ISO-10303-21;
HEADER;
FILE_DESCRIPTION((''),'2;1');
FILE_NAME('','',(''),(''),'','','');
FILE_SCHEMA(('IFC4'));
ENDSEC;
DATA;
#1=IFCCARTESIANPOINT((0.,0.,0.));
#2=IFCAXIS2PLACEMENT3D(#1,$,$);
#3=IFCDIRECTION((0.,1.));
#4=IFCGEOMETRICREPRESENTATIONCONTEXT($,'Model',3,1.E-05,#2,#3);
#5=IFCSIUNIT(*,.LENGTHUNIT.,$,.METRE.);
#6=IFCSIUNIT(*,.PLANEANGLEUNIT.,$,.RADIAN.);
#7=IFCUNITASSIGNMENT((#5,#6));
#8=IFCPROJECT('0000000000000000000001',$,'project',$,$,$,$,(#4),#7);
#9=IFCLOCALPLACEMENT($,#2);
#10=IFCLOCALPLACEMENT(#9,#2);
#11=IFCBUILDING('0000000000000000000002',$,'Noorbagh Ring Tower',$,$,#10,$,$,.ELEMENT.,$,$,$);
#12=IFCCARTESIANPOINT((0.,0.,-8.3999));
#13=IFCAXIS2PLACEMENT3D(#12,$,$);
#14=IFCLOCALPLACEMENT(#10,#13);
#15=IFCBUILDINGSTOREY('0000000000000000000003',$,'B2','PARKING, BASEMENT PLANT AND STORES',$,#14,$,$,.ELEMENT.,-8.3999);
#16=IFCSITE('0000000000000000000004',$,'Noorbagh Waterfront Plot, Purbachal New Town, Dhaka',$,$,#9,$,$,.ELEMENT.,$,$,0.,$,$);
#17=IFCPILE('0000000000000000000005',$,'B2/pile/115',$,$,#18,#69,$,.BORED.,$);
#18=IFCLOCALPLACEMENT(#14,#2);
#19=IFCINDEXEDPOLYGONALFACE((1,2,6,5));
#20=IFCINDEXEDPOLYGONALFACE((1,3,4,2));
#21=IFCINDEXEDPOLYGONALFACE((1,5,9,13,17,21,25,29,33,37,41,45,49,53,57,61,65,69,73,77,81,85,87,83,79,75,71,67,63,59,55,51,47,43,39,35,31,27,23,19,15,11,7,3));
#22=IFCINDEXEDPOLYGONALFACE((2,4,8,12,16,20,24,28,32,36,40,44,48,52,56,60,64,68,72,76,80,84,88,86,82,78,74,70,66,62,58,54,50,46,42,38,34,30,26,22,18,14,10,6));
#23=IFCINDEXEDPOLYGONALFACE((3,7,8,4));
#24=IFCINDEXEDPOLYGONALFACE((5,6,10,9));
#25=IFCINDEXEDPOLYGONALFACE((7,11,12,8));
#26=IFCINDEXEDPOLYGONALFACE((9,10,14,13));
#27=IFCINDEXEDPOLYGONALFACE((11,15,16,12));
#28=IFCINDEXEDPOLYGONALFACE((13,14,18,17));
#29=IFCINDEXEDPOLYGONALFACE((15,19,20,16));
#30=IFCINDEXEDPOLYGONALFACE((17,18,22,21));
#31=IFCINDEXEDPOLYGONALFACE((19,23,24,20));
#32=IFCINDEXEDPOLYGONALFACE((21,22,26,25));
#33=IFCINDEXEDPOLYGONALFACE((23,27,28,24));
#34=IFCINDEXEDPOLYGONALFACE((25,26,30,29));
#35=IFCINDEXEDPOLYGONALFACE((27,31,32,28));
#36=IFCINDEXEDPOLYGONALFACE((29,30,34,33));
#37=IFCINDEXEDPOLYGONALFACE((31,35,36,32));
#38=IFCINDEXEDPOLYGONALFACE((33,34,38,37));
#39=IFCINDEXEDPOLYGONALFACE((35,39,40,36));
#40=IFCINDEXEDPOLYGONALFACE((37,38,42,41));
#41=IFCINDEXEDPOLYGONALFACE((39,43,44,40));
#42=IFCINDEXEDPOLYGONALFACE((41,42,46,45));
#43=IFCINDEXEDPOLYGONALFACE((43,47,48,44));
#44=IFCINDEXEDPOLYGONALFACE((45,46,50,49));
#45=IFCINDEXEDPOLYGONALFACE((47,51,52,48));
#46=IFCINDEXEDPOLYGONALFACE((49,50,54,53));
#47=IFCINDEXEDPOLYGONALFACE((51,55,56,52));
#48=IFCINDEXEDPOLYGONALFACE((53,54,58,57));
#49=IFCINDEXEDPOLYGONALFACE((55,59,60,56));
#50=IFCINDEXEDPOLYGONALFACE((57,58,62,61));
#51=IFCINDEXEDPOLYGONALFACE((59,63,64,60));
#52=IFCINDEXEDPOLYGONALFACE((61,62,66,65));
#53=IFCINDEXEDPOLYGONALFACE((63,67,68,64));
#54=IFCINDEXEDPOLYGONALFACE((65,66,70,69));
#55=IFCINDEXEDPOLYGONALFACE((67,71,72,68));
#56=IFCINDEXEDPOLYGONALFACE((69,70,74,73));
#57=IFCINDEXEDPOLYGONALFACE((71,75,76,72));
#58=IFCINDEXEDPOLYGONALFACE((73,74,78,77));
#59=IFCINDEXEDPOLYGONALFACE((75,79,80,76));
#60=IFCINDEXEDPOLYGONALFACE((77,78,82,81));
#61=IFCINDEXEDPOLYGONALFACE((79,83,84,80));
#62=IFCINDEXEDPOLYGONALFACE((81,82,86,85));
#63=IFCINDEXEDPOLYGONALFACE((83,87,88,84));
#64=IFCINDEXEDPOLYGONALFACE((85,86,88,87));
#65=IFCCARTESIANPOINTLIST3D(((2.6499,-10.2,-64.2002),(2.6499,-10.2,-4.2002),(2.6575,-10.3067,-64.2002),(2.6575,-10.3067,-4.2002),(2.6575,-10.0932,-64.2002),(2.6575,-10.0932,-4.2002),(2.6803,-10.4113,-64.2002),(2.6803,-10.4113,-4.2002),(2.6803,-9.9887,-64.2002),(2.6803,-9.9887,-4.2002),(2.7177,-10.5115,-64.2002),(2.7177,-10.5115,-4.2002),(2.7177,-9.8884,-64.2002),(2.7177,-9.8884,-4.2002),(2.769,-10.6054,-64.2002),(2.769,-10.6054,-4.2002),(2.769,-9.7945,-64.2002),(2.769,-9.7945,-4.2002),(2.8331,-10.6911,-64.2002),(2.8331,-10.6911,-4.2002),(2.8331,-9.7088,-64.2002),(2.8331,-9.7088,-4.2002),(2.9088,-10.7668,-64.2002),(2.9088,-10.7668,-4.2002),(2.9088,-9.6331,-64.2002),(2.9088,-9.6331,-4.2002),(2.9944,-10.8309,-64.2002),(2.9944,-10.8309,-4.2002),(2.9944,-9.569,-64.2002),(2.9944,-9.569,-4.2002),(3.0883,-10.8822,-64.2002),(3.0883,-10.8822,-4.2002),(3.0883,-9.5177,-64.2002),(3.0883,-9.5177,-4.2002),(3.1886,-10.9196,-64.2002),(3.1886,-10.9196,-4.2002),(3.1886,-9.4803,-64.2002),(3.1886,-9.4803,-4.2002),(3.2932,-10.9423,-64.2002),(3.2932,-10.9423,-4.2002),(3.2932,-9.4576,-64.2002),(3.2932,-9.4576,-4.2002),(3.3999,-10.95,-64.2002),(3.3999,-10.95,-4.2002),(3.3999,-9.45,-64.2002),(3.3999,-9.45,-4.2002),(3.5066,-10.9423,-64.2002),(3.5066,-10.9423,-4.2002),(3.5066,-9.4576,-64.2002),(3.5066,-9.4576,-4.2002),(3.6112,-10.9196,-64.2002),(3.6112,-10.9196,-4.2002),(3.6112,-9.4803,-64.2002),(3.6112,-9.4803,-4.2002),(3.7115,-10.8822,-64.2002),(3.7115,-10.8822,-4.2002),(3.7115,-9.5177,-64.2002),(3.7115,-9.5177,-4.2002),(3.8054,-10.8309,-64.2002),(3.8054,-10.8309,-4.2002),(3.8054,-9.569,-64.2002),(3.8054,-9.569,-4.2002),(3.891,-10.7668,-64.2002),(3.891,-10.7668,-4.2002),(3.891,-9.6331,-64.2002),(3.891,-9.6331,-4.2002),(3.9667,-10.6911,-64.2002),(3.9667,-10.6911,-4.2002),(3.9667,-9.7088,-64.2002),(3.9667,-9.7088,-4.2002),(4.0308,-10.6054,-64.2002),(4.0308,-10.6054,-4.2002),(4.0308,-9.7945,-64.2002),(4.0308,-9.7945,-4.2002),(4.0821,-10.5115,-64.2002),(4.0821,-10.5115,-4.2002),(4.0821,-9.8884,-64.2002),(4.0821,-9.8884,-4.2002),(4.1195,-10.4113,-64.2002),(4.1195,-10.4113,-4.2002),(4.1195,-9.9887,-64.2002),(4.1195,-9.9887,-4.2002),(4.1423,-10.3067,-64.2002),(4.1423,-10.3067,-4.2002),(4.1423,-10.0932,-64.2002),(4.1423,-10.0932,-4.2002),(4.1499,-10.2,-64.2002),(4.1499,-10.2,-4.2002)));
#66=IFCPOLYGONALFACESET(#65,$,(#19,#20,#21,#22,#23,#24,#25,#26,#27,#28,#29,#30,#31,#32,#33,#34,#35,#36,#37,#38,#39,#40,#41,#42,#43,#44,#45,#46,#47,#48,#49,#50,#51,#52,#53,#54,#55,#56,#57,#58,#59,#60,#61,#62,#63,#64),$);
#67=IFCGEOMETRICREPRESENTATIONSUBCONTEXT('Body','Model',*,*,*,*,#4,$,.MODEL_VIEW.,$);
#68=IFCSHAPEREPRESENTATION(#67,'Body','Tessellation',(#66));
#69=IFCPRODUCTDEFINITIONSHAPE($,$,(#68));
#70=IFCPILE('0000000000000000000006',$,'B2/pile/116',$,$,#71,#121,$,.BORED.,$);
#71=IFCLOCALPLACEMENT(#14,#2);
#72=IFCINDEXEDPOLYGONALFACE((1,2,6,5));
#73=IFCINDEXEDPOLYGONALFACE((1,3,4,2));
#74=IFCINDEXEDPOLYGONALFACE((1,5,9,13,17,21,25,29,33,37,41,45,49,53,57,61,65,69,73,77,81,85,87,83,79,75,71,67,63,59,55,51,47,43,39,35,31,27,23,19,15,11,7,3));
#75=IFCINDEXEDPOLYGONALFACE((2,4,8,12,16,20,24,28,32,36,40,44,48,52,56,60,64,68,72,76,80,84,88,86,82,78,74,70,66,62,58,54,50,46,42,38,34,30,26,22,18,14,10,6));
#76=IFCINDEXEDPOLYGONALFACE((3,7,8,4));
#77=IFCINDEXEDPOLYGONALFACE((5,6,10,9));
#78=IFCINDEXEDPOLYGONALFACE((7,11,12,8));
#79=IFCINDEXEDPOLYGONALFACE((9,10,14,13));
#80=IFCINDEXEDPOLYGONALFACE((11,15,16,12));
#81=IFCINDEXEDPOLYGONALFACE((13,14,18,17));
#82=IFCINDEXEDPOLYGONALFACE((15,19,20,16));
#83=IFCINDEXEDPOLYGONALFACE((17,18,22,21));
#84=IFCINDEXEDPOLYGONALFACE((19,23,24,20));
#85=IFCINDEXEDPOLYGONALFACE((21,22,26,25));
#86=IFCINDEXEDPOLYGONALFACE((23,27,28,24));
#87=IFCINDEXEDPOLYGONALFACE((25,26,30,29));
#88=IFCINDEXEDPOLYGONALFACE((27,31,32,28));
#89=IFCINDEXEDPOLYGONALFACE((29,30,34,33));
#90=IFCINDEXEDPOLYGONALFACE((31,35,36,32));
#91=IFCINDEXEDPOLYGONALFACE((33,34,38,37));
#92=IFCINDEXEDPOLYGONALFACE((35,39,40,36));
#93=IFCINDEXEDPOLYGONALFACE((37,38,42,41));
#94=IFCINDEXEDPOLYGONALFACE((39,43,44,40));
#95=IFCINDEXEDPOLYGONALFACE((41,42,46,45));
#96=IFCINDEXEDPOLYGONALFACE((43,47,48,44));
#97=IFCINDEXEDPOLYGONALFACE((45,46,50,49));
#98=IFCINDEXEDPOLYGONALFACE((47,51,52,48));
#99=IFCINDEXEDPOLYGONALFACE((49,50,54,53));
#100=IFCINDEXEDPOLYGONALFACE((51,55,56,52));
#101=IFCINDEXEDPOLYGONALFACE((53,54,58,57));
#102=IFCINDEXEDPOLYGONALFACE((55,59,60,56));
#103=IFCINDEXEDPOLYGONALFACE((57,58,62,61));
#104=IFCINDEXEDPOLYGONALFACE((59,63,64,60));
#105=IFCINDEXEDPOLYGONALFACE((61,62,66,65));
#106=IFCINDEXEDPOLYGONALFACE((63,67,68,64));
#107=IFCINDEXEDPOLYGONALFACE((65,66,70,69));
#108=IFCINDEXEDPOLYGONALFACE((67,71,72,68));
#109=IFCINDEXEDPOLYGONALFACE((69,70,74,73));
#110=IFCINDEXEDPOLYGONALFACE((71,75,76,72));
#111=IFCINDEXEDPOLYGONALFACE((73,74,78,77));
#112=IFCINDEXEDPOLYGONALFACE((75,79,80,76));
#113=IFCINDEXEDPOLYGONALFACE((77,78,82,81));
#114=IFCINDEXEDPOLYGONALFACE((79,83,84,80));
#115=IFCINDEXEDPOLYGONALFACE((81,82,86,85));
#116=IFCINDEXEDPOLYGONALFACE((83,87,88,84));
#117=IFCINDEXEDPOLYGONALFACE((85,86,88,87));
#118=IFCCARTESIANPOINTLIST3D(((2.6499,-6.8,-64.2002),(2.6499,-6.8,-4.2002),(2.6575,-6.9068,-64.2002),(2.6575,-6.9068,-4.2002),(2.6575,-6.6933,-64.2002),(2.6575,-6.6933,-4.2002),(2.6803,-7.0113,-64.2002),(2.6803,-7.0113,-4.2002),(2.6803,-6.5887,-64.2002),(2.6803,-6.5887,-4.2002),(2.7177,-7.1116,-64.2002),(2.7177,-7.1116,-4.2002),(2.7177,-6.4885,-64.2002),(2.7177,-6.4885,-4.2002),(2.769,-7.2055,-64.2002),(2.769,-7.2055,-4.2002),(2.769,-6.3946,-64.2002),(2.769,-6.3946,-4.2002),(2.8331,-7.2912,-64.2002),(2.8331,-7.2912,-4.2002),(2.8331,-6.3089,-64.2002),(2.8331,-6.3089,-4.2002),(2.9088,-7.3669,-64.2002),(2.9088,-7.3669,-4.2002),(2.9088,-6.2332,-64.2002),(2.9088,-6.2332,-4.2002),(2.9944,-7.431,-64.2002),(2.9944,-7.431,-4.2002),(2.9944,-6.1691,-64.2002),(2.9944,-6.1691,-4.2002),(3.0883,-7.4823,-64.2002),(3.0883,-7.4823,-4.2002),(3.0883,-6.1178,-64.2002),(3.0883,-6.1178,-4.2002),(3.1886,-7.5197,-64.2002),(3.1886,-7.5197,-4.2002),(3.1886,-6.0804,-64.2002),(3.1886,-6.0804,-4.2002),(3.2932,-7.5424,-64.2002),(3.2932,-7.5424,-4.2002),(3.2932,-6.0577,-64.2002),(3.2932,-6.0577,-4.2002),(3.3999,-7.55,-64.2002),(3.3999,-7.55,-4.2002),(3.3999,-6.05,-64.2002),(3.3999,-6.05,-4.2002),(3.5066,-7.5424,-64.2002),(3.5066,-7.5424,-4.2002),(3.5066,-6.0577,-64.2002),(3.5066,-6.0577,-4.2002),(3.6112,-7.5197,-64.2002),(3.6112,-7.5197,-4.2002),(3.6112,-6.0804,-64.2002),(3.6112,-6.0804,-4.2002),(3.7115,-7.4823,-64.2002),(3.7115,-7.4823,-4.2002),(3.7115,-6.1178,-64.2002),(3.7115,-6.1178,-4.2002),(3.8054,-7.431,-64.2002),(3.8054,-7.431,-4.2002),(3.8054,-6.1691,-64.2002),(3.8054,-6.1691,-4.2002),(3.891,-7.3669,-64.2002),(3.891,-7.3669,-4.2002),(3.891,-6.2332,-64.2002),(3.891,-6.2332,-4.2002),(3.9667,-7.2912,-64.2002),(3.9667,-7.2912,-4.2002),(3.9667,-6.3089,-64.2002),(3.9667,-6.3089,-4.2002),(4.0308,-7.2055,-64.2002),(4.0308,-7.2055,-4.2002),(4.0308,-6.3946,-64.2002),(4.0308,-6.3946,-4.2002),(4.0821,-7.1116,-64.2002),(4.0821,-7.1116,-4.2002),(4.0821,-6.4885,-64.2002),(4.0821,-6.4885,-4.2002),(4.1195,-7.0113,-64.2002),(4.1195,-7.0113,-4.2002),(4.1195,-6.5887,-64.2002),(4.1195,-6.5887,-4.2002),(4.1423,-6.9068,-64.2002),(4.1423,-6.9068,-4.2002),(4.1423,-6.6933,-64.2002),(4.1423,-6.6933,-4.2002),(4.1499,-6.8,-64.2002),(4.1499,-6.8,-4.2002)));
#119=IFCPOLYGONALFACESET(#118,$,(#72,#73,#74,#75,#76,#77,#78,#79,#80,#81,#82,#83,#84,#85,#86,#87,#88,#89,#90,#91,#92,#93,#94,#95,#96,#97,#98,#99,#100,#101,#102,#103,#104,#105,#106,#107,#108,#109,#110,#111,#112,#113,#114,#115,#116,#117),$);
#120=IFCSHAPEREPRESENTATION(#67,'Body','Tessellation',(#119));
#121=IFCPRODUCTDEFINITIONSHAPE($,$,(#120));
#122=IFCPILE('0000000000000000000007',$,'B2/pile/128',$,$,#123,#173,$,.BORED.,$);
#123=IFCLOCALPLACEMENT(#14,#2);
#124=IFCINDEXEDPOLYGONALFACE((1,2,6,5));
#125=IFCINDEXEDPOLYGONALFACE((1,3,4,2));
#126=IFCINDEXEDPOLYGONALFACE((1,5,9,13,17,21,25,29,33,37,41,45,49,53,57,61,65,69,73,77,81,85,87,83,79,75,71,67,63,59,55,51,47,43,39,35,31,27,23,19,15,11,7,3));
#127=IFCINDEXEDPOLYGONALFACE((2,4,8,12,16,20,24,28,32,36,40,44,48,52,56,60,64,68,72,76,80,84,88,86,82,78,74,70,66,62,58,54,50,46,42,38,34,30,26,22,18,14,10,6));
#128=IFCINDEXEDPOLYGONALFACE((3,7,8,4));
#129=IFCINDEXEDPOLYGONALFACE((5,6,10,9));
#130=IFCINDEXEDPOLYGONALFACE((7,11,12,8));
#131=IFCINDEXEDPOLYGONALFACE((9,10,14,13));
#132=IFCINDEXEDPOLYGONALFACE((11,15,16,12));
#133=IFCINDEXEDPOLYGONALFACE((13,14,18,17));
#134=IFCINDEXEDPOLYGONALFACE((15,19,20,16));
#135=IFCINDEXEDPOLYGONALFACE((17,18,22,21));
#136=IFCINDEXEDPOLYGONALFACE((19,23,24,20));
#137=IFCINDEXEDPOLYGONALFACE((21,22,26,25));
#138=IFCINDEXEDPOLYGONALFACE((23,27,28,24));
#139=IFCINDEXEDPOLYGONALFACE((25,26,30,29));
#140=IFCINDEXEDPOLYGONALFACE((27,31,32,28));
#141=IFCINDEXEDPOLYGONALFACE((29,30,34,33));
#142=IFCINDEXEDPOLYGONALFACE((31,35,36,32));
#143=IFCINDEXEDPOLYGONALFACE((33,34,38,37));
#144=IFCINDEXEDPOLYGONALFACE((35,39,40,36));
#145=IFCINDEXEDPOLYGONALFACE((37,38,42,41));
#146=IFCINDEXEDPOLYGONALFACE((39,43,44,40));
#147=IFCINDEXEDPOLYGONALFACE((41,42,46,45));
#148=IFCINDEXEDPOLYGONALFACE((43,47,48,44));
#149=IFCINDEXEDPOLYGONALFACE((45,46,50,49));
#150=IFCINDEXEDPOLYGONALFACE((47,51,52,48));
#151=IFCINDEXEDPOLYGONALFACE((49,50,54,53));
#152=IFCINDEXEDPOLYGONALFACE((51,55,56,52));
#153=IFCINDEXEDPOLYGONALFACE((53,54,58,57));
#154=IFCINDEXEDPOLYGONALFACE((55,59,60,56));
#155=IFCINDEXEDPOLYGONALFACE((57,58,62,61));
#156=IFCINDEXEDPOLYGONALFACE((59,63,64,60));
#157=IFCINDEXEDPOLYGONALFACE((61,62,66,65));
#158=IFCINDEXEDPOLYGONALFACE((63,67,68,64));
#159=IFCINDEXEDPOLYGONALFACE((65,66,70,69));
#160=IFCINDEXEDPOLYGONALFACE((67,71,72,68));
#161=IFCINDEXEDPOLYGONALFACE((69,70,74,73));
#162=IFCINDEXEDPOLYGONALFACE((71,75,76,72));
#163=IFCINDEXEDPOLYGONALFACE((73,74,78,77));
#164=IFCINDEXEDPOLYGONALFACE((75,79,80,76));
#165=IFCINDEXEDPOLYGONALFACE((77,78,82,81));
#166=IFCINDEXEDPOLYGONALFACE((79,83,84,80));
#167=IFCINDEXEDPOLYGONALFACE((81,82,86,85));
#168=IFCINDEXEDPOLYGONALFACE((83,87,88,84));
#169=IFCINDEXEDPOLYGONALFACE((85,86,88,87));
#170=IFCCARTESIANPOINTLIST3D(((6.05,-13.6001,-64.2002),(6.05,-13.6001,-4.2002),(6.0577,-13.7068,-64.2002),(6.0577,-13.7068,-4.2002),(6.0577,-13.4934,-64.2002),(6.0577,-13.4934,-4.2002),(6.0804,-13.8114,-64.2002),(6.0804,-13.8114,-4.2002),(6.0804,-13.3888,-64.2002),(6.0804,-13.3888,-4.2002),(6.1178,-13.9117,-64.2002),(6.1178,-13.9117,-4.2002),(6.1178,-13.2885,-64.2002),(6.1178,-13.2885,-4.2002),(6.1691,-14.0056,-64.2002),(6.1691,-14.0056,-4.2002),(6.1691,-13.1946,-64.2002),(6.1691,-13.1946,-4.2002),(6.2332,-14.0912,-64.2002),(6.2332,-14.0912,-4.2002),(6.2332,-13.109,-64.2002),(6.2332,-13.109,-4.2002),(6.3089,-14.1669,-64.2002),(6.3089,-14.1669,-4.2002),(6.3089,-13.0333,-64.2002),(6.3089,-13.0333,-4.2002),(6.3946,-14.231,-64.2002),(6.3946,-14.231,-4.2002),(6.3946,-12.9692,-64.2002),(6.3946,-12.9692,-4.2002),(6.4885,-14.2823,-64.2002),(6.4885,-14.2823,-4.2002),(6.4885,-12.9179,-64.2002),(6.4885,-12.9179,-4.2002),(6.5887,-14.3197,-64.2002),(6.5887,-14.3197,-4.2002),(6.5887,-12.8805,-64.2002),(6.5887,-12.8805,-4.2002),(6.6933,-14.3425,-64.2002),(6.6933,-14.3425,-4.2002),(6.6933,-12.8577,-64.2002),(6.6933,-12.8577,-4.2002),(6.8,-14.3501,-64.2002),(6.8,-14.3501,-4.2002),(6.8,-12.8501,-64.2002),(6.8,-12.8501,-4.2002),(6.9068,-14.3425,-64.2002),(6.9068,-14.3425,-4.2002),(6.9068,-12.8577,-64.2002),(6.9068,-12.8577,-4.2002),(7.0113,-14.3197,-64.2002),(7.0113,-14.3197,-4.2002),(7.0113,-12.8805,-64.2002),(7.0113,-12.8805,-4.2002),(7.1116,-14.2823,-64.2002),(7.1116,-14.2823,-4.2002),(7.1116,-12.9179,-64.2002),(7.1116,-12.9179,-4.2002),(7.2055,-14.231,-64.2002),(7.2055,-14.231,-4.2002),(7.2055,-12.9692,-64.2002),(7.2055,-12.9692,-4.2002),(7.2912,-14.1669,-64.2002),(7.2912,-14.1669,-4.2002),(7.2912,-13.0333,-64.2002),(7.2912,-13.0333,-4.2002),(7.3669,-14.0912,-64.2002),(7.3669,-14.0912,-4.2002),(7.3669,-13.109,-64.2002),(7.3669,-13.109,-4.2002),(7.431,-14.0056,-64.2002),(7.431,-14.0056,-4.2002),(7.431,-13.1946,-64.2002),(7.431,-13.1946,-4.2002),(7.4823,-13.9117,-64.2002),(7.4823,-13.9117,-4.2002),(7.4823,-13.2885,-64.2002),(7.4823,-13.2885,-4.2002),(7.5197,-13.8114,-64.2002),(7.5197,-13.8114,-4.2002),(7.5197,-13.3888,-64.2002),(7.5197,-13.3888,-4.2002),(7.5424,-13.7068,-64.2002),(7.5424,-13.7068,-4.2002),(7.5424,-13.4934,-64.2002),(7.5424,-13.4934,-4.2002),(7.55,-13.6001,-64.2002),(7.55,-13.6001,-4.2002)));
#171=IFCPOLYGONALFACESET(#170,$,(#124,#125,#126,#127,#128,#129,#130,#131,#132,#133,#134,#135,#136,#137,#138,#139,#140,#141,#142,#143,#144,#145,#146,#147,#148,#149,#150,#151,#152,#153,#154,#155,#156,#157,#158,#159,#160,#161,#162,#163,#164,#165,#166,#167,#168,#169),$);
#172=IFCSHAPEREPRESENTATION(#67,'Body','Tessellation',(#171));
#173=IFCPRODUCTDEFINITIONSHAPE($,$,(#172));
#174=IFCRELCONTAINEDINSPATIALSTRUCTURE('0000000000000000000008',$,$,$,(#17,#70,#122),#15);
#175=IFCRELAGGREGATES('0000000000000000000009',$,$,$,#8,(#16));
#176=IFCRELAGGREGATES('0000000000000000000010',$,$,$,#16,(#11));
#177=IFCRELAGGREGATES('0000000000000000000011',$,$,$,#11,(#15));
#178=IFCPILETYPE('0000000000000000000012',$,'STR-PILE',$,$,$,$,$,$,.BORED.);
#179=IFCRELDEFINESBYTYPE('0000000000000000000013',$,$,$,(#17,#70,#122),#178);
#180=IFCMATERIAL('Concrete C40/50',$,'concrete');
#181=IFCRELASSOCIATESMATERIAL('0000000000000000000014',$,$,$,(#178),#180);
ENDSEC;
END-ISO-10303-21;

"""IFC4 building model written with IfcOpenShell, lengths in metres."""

from ifc_helpers import new_model, si_unit, direction, frame, origin, origin_2d, place, context, subcontext, project, spatial, circle, extrude, material, material_profile, profile_set, type_object, element, save


model = new_model("IFC4")

# Units and contexts
model_context = context("Model", 3, precision=1e-05, world=origin(), true_north=direction((0.0, 1.0)))
body_context = subcontext(model_context, "Body", "Model", "MODEL_VIEW")
ifc_project = project(units=[si_unit("LENGTHUNIT", "METRE"), si_unit("PLANEANGLEUNIT", "RADIAN")], contexts=[model_context])

# Site, building, storey
site_placement = place(None, origin())
site = spatial("IfcSite", under=ifc_project, at=site_placement, Name="Noorbagh Waterfront Plot, Purbachal New Town, Dhaka", CompositionType="ELEMENT", RefElevation=0.0)
building_placement = place(site_placement, origin())
building = spatial("IfcBuilding", under=site, at=building_placement, Name="Noorbagh Ring Tower", CompositionType="ELEMENT")
storey_placement = place(building_placement, frame((0.0, 0.0, -8.3999)))
storey = spatial("IfcBuildingStorey", under=building, at=storey_placement, Name="B2", Description="PARKING, BASEMENT PLANT AND STORES", CompositionType="ELEMENT", Elevation=-8.3999)

# Piles
ifc_material_1 = material(Name="Concrete C40/50", Category="concrete")
ifc_material_profile_1 = material_profile(ifc_material_1, circle(Radius=0.75, at=origin_2d()), Name="PILE1500")
ifc_profile_set_1 = profile_set([ifc_material_profile_1], Name="Concrete C40/50")
pile_type = type_object("IfcPileType", Name="STR-PILE", PredefinedType="BORED", material=ifc_profile_set_1)
for number, where, z_axis, x_axis, name in (
    (1, (3.3999, -10.2, -4.2002), (0.0, 0.0, -1.0), (1.0, 0.0, 0.0), "B2/pile/115"),
    (2, (3.3999, -6.8, -4.2002), (0.0, 0.0, -1.0), (1.0, 0.0, 0.0), "B2/pile/116"),
    (3, (6.8, -13.6001, -4.2002), (0.0, 0.0, -1.0), (1.0, 0.0, 0.0), "B2/pile/128"),
):
    element("IfcPile", number, at=place(storey_placement, frame(where, z_axis=z_axis, x_axis=x_axis)), inside=storey, type_object=pile_type, Name=name, PredefinedType="BORED", context=body_context, shape_type="SweptSolid", body=[
        extrude(circle(Radius=0.75, at=origin_2d()), origin(), (0.0, 0.0, 1.0), 60.0),
    ])

save(model, "model.ifc")
